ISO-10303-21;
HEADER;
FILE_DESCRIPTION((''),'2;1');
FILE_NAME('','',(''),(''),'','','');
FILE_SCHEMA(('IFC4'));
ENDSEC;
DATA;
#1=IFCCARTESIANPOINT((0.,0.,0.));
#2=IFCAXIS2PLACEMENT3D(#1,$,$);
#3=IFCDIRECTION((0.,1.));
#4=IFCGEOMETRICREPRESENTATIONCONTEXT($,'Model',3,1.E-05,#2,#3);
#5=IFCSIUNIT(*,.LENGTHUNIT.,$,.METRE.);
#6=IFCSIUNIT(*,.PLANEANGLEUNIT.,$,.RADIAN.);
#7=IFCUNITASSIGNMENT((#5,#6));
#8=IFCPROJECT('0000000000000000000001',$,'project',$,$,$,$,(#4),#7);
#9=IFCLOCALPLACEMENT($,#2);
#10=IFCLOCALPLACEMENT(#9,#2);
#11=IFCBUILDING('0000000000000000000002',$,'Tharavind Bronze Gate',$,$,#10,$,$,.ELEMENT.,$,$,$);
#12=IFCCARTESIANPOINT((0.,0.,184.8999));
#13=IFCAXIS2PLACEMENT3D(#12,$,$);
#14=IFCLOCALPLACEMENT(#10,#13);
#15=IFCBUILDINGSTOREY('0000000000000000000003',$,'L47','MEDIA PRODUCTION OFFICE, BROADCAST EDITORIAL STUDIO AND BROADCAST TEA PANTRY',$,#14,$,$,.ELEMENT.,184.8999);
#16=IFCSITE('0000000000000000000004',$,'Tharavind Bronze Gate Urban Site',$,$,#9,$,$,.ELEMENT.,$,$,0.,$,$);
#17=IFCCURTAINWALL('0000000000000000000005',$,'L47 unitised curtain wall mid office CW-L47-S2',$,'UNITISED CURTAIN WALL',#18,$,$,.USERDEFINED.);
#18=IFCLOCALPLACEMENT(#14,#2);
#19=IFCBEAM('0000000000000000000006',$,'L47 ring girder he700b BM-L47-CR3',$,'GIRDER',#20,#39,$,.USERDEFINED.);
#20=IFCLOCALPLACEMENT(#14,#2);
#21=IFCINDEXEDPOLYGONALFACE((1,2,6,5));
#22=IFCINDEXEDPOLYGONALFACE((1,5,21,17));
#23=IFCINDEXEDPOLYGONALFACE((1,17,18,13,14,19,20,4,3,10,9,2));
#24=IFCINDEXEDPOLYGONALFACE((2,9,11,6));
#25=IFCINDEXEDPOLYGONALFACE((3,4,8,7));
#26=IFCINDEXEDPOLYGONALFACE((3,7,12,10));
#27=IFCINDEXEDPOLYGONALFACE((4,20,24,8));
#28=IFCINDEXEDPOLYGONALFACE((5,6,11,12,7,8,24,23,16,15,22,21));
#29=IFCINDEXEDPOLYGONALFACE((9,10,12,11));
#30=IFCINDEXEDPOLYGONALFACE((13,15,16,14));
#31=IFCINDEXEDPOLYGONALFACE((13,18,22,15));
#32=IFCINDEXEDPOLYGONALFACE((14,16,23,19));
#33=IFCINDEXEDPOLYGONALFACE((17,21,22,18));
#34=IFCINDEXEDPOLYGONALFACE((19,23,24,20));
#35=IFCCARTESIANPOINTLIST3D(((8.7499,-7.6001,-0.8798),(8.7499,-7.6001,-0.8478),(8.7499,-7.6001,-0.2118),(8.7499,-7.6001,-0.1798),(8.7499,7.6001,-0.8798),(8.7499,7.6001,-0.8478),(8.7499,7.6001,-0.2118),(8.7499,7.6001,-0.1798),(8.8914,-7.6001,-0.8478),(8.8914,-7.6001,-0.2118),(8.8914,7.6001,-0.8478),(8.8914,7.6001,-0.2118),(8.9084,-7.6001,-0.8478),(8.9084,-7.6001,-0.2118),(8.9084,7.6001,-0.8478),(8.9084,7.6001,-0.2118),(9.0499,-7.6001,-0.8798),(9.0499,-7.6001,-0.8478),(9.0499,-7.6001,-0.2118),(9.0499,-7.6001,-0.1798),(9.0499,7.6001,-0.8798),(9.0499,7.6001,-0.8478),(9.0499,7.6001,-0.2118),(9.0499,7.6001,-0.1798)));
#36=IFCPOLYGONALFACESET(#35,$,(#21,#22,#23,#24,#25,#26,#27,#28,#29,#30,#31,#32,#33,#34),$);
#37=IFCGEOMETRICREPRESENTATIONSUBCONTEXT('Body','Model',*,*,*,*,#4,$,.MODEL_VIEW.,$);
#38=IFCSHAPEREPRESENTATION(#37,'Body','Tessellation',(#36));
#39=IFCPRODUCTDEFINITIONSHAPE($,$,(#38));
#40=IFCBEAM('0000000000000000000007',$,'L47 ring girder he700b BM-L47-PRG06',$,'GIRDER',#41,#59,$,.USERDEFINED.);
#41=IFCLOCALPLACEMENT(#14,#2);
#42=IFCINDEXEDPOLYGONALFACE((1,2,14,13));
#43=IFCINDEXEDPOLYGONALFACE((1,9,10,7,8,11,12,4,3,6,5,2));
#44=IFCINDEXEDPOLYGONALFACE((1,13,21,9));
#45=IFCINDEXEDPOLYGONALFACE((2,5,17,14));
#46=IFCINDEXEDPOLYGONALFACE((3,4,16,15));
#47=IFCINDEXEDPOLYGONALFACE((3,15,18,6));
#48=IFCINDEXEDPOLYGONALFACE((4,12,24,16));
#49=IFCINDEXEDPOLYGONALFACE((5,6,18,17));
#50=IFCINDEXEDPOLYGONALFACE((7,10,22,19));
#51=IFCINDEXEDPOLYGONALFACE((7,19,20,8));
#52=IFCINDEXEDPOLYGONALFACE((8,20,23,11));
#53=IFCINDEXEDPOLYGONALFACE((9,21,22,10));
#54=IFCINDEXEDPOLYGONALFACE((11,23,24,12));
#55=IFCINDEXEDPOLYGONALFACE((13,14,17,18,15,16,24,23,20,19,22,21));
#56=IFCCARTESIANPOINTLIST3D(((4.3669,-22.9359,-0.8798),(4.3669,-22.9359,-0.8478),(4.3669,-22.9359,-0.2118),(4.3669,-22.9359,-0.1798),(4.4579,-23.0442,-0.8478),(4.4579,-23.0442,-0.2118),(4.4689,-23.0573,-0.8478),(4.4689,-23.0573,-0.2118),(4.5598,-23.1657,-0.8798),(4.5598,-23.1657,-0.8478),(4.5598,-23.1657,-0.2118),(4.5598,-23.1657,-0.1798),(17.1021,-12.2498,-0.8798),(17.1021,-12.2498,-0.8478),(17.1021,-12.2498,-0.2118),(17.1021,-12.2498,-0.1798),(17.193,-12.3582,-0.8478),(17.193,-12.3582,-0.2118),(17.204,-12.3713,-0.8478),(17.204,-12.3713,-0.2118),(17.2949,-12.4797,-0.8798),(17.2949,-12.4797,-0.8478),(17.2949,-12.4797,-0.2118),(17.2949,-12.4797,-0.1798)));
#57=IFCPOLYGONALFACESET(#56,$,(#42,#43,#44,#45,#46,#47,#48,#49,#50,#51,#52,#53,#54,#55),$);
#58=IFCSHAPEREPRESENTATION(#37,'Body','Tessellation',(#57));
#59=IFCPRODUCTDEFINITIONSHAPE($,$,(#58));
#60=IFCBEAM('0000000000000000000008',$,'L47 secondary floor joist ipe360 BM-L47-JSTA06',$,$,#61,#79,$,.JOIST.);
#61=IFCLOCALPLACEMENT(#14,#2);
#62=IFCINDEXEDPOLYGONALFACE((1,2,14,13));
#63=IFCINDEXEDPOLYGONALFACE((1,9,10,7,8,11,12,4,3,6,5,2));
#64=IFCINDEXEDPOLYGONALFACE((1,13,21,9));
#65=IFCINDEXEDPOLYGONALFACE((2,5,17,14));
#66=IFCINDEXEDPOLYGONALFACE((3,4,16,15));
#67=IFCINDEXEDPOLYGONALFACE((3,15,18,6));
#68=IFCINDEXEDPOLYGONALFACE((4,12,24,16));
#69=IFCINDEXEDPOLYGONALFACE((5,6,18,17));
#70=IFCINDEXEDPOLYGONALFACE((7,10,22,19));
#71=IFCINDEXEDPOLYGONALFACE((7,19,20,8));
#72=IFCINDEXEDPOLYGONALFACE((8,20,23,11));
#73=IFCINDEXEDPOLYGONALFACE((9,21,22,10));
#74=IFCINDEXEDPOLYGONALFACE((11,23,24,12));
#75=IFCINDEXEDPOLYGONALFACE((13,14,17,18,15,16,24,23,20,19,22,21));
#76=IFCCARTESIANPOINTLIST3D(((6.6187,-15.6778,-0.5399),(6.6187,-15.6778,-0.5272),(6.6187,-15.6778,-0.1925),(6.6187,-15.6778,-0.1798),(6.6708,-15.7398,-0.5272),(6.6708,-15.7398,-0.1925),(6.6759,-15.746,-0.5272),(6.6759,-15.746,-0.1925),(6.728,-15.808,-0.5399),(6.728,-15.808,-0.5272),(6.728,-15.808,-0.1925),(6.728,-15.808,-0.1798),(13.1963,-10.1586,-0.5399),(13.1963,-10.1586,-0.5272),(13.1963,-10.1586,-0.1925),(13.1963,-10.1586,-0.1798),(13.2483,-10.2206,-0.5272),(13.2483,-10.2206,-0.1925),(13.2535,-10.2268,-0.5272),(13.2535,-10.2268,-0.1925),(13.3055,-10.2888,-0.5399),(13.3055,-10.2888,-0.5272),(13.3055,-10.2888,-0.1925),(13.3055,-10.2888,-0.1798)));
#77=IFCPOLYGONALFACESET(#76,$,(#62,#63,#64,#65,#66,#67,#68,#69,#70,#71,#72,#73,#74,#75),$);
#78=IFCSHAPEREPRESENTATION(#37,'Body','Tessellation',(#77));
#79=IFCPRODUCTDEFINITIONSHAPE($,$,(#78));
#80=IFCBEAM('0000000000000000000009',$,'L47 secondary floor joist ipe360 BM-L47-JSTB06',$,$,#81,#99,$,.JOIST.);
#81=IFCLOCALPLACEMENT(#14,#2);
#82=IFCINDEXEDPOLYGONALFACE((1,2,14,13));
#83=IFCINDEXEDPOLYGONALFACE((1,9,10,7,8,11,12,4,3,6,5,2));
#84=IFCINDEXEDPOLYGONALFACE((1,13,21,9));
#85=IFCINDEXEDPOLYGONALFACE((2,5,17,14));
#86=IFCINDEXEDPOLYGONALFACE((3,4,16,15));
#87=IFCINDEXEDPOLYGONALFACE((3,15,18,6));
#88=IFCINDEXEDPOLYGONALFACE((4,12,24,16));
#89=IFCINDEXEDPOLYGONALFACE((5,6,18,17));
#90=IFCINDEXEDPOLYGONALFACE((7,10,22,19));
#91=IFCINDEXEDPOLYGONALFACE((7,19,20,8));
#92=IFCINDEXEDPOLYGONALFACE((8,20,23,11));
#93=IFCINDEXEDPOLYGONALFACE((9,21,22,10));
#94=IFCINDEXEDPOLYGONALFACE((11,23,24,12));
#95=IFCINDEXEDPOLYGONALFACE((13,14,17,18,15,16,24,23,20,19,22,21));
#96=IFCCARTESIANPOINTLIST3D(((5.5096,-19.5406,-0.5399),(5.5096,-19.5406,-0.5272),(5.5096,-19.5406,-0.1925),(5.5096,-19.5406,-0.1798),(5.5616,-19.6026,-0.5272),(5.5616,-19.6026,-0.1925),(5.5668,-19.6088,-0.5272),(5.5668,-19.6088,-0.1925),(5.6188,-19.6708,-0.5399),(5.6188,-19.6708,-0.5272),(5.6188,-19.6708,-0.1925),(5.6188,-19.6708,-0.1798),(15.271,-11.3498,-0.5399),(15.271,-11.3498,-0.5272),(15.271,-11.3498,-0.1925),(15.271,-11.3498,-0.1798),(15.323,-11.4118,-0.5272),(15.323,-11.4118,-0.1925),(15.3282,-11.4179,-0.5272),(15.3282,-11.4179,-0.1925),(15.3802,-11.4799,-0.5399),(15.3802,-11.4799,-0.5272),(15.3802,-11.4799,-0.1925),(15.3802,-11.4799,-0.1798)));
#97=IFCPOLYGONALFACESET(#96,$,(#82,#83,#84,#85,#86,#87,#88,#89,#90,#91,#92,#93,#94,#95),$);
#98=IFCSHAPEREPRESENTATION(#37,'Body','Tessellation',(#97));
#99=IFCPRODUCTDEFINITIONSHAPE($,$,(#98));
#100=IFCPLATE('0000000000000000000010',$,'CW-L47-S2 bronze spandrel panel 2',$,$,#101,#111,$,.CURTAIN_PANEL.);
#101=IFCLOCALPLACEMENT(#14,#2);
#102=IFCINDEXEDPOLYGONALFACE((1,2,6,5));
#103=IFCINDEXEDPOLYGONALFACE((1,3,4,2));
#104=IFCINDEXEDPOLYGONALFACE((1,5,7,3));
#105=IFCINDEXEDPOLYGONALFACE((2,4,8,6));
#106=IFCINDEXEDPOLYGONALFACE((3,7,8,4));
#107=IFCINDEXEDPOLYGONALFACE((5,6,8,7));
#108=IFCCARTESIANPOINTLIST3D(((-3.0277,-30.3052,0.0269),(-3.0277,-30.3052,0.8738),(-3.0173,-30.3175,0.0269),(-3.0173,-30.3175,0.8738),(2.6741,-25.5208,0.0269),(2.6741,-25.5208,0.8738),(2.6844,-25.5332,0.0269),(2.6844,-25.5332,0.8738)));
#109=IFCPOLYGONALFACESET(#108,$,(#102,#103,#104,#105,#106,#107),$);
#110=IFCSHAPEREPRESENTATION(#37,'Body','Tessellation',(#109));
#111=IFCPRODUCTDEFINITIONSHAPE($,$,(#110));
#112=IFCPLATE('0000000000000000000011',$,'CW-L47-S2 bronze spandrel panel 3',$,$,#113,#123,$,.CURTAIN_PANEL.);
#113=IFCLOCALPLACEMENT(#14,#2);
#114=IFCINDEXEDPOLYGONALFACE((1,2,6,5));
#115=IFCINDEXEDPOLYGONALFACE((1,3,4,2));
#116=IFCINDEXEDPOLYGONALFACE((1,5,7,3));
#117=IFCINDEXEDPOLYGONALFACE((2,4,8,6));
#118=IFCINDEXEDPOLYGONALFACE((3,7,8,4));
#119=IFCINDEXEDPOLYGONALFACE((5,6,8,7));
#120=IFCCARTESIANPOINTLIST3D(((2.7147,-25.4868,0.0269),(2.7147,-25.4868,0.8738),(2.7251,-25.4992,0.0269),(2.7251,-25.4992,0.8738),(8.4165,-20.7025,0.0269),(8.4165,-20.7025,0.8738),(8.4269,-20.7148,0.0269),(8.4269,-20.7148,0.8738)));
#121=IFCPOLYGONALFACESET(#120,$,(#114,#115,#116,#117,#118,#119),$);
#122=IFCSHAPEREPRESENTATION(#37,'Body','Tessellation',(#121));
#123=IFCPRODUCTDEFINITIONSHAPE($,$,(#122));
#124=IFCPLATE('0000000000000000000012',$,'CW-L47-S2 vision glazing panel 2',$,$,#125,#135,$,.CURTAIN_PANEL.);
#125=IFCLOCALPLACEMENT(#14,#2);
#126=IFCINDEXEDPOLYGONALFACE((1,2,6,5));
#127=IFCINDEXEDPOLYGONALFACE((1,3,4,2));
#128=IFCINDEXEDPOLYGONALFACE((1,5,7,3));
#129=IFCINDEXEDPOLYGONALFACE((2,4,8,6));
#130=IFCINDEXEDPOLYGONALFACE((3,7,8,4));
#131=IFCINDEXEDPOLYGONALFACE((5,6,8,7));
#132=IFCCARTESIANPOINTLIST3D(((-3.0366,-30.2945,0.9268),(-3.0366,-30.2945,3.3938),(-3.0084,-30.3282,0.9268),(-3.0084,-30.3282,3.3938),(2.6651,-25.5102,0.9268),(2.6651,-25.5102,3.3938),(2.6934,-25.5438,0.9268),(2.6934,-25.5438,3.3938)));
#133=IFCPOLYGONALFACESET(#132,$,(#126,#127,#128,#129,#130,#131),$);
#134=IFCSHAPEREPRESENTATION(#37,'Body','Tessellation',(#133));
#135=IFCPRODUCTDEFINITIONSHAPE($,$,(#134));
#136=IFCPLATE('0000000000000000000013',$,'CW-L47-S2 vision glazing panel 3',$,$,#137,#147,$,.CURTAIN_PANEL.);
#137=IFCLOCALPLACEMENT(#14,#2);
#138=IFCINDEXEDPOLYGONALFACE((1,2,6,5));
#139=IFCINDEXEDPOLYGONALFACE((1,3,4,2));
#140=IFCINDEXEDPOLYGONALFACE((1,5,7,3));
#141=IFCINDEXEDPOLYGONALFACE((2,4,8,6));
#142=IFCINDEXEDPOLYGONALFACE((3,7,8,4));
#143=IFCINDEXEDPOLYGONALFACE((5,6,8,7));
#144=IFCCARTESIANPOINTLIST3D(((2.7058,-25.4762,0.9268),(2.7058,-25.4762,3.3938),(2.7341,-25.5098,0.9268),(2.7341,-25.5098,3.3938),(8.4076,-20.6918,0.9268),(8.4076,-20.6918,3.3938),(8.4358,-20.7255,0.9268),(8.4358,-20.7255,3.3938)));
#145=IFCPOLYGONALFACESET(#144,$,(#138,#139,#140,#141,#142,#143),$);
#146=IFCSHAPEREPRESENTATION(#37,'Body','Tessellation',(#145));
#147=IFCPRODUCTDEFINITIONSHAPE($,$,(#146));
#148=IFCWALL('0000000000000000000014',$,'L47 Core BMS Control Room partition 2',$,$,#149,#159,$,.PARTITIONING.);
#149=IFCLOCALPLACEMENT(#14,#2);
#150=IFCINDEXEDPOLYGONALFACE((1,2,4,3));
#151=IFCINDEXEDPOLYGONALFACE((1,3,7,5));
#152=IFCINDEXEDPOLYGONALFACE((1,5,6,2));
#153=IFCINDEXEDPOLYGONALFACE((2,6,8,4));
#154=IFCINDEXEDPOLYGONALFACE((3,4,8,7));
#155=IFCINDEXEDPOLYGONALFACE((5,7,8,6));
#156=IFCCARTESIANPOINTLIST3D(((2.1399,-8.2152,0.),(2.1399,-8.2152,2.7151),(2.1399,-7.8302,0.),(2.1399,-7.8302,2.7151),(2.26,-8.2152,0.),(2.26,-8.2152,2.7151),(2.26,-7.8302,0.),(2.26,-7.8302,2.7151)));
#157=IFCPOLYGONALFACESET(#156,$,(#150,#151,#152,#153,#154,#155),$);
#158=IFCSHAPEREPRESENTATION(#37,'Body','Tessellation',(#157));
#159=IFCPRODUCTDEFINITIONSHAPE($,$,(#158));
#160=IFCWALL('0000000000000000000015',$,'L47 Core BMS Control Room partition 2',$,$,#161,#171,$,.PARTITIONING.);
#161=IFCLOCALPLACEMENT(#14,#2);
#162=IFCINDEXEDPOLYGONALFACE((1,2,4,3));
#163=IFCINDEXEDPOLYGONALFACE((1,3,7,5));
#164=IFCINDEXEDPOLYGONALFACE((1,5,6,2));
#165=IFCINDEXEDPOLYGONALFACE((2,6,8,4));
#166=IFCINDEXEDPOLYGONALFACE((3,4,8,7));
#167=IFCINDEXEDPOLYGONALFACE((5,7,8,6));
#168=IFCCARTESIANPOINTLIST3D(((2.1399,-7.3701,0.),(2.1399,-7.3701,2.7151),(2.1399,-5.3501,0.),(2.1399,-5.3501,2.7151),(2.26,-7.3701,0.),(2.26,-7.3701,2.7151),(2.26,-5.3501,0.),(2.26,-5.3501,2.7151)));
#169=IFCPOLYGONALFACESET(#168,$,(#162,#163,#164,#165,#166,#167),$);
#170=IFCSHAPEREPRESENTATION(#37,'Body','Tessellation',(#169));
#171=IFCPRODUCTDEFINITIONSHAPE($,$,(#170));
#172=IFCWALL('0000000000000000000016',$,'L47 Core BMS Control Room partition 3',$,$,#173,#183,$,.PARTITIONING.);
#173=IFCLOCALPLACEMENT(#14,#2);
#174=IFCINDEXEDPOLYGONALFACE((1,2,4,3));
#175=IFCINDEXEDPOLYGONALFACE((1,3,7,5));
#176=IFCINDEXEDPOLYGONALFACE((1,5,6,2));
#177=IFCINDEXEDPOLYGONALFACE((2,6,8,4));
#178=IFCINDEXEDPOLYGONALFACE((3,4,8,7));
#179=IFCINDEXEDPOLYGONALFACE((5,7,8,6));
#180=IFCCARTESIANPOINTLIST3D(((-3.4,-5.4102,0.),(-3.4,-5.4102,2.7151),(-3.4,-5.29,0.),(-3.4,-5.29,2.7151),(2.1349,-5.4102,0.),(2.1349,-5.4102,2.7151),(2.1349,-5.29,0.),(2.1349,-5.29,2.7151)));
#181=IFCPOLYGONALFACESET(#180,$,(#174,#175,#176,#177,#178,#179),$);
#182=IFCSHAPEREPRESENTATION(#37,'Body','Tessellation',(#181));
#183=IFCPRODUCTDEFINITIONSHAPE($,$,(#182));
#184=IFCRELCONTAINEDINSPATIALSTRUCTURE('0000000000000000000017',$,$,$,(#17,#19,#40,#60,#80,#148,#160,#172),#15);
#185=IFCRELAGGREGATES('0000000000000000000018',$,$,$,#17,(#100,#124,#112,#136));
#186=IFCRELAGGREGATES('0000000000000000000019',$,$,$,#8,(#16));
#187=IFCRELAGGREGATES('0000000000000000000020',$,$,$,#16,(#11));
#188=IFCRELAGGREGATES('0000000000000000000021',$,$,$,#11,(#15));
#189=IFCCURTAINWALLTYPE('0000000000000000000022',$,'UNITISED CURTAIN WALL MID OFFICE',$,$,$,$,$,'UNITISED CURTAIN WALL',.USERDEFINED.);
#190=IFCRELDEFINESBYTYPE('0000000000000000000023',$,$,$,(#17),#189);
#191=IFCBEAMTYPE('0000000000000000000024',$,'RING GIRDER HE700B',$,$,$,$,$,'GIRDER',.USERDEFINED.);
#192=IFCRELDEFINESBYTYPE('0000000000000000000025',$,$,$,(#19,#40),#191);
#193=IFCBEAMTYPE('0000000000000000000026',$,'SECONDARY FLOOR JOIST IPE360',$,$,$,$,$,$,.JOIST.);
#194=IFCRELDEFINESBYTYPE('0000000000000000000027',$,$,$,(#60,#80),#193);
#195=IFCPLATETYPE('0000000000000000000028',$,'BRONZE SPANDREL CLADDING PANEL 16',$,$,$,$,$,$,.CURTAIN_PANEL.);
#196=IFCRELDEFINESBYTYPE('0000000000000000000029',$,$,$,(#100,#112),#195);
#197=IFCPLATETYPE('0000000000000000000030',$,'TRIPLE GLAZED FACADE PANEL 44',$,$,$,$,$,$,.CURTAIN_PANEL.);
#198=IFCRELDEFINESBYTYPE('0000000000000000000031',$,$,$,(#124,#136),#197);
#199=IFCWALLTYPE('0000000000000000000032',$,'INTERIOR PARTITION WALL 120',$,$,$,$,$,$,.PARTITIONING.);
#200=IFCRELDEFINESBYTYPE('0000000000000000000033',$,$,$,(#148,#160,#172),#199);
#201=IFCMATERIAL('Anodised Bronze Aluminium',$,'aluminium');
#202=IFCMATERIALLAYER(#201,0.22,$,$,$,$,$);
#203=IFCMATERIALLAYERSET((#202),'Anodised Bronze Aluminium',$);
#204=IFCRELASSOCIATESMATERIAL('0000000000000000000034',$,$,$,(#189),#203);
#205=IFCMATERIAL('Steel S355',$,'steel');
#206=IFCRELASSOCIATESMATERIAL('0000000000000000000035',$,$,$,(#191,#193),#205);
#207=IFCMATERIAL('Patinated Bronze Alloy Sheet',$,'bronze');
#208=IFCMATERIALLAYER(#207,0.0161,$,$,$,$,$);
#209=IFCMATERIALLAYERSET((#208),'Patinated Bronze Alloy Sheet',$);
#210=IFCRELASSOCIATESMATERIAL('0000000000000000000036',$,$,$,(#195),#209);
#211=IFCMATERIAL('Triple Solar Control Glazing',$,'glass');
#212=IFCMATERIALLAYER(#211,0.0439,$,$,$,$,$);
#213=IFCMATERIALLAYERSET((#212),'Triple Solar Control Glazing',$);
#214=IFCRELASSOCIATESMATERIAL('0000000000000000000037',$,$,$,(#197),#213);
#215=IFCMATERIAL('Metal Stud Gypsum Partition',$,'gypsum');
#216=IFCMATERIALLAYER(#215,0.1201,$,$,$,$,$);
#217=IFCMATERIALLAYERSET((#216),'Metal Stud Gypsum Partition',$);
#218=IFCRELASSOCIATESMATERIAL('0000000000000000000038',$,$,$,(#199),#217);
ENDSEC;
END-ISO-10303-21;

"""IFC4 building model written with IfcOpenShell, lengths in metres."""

from ifc_helpers import new_model, si_unit, direction, frame, frame_2d, origin, origin_2d, place, context, subcontext, project, spatial, rectangle, i_section, extrude, material, layer, layer_set, material_profile, profile_set, type_object, element, aggregate, save


model = new_model("IFC4")

# Units and contexts
model_context = context("Model", 3, precision=1e-05, world=origin(), true_north=direction((0.0, 1.0)))
body_context = subcontext(model_context, "Body", "Model", "MODEL_VIEW")
ifc_project = project(units=[si_unit("LENGTHUNIT", "METRE"), si_unit("PLANEANGLEUNIT", "RADIAN")], contexts=[model_context])

# Site, building, storey
site_placement = place(None, origin())
site = spatial("IfcSite", under=ifc_project, at=site_placement, Name="Tharavind Bronze Gate Urban Site", CompositionType="ELEMENT", RefElevation=0.0)
building_placement = place(site_placement, origin())
building = spatial("IfcBuilding", under=site, at=building_placement, Name="Tharavind Bronze Gate", CompositionType="ELEMENT")
storey_placement = place(building_placement, frame((0.0, 0.0, 184.8999)))
storey = spatial("IfcBuildingStorey", under=building, at=storey_placement, Name="L47", Description="MEDIA PRODUCTION OFFICE, BROADCAST EDITORIAL STUDIO AND BROADCAST TEA PANTRY", CompositionType="ELEMENT", Elevation=184.8999)

# Curtain wall
ifc_material_1 = material(Name="Anodised Bronze Aluminium", Category="aluminium")
ifc_layer_1 = layer(ifc_material_1, 0.22)
ifc_layer_set_1 = layer_set([ifc_layer_1], Name="Anodised Bronze Aluminium")
curtain_wall_type = type_object("IfcCurtainWallType", Name="UNITISED CURTAIN WALL MID OFFICE", ElementType="UNITISED CURTAIN WALL", PredefinedType="USERDEFINED", material=ifc_layer_set_1)
curtain_wall_placement = place(storey_placement, origin())
curtain_wall = element("IfcCurtainWall", 1, at=curtain_wall_placement, inside=storey, type_object=curtain_wall_type, Name="L47 unitised curtain wall mid office CW-L47-S2", ObjectType="UNITISED CURTAIN WALL", PredefinedType="USERDEFINED")

# Beams
ifc_material_2 = material(Name="Steel S355", Category="steel")
ifc_material_profile_1 = material_profile(ifc_material_2, i_section(OverallWidth=0.3, OverallDepth=0.7, WebThickness=0.0171, FlangeThickness=0.032, at=origin_2d()), Name="HE700B")
ifc_profile_set_1 = profile_set([ifc_material_profile_1], Name="Steel S355")
beam_type_1 = type_object("IfcBeamType", Name="RING GIRDER HE700B", ElementType="GIRDER", PredefinedType="USERDEFINED", material=ifc_profile_set_1)
beam_1_placement = place(storey_placement, frame((8.8999, -7.6001, -0.5298), z_axis=(0.0, 1.0, 0.0), x_axis=(-1.0, 0.0, 0.0)))
element("IfcBeam", 2, at=beam_1_placement, inside=storey, type_object=beam_type_1, Name="L47 ring girder he700b BM-L47-CR3", ObjectType="GIRDER", PredefinedType="USERDEFINED", context=body_context, shape_type="SweptSolid", body=[
    extrude(i_section(OverallWidth=0.3, OverallDepth=0.7, WebThickness=0.0171, FlangeThickness=0.032, at=origin_2d()), origin(), (0.0, 0.0, 1.0), 15.2002),
])
beam_2_placement = place(storey_placement, frame((4.4634, -23.0508, -0.5298), z_axis=(0.766044, 0.642788, 0.0), x_axis=(-0.642788, 0.766044, 0.0)))
element("IfcBeam", 3, at=beam_2_placement, inside=storey, type_object=beam_type_1, Name="L47 ring girder he700b BM-L47-PRG06", ObjectType="GIRDER", PredefinedType="USERDEFINED", context=body_context, shape_type="SweptSolid", body=[
    extrude(i_section(OverallWidth=0.3, OverallDepth=0.7, WebThickness=0.0171, FlangeThickness=0.032, at=origin_2d()), origin(), (0.0, 0.0, 1.0), 16.6245),
])
ifc_material_profile_2 = material_profile(ifc_material_2, i_section(OverallWidth=0.1699, OverallDepth=0.3601, WebThickness=0.0081, FlangeThickness=0.0127, at=origin_2d()), Name="IPE360")
ifc_profile_set_2 = profile_set([ifc_material_profile_2], Name="Steel S355")
beam_type_2 = type_object("IfcBeamType", Name="SECONDARY FLOOR JOIST IPE360", PredefinedType="JOIST", material=ifc_profile_set_2)
beam_3_placement = place(storey_placement, frame((6.6733, -15.7429, -0.3599), z_axis=(0.766045, 0.642787, 0.0), x_axis=(-0.642787, 0.766045, 0.0)))
element("IfcBeam", 4, at=beam_3_placement, inside=storey, type_object=beam_type_2, Name="L47 secondary floor joist ipe360 BM-L47-JSTA06", PredefinedType="JOIST", context=body_context, shape_type="SweptSolid", body=[
    extrude(i_section(OverallWidth=0.1699, OverallDepth=0.3601, WebThickness=0.0081, FlangeThickness=0.0127, at=origin_2d()), origin(), (0.0, 0.0, 1.0), 8.5864),
])
beam_4_placement = place(storey_placement, frame((5.5642, -19.6057, -0.3599), z_axis=(0.766042, 0.642791, 0.0), x_axis=(-0.642791, 0.766042, 0.0)))
element("IfcBeam", 5, at=beam_4_placement, inside=storey, type_object=beam_type_2, Name="L47 secondary floor joist ipe360 BM-L47-JSTB06", PredefinedType="JOIST", context=body_context, shape_type="SweptSolid", body=[
    extrude(i_section(OverallWidth=0.1699, OverallDepth=0.3601, WebThickness=0.0081, FlangeThickness=0.0127, at=origin_2d()), origin(), (0.0, 0.0, 1.0), 12.7427),
])

# Plates
ifc_material_3 = material(Name="Patinated Bronze Alloy Sheet", Category="bronze")
ifc_layer_2 = layer(ifc_material_3, 0.0161)
ifc_layer_set_2 = layer_set([ifc_layer_2], Name="Patinated Bronze Alloy Sheet")
plate_type_1 = type_object("IfcPlateType", Name="BRONZE SPANDREL CLADDING PANEL 16", PredefinedType="CURTAIN_PANEL", material=ifc_layer_set_2)
plate_1_placement = place(storey_placement, frame((-0.1716, -27.9192, 0.0269), z_axis=(0.0, 0.0, 1.0), x_axis=(0.766043, 0.642789, 0.0)))
plate_1 = element("IfcPlate", 6, at=plate_1_placement, type_object=plate_type_1, Name="CW-L47-S2 bronze spandrel panel 2", PredefinedType="CURTAIN_PANEL", context=body_context, shape_type="SweptSolid", body=[
    extrude(rectangle(XDim=7.4431, YDim=0.0161, at=origin_2d()), origin(), (0.0, 0.0, 1.0), 0.8469),
])
plate_2_placement = place(storey_placement, frame((5.5708, -23.1008, 0.0269), z_axis=(0.0, 0.0, 1.0), x_axis=(0.766043, 0.642789, 0.0)))
plate_2 = element("IfcPlate", 7, at=plate_2_placement, type_object=plate_type_1, Name="CW-L47-S2 bronze spandrel panel 3", PredefinedType="CURTAIN_PANEL", context=body_context, shape_type="SweptSolid", body=[
    extrude(rectangle(XDim=7.4431, YDim=0.0161, at=origin_2d()), origin(), (0.0, 0.0, 1.0), 0.8469),
])
ifc_material_4 = material(Name="Triple Solar Control Glazing", Category="glass")
ifc_layer_3 = layer(ifc_material_4, 0.0439)
ifc_layer_set_3 = layer_set([ifc_layer_3], Name="Triple Solar Control Glazing")
plate_type_2 = type_object("IfcPlateType", Name="TRIPLE GLAZED FACADE PANEL 44", PredefinedType="CURTAIN_PANEL", material=ifc_layer_set_3)
plate_3_placement = place(storey_placement, frame((-0.1716, -27.9192, 0.9268), z_axis=(0.0, 0.0, 1.0), x_axis=(0.766043, 0.642789, 0.0)))
plate_3 = element("IfcPlate", 8, at=plate_3_placement, type_object=plate_type_2, Name="CW-L47-S2 vision glazing panel 2", PredefinedType="CURTAIN_PANEL", context=body_context, shape_type="SweptSolid", body=[
    extrude(rectangle(XDim=7.4431, YDim=0.0439, at=origin_2d()), origin(), (0.0, 0.0, 1.0), 2.467),
])
plate_4_placement = place(storey_placement, frame((5.5708, -23.1008, 0.9268), z_axis=(0.0, 0.0, 1.0), x_axis=(0.766043, 0.642789, 0.0)))
plate_4 = element("IfcPlate", 9, at=plate_4_placement, type_object=plate_type_2, Name="CW-L47-S2 vision glazing panel 3", PredefinedType="CURTAIN_PANEL", context=body_context, shape_type="SweptSolid", body=[
    extrude(rectangle(XDim=7.4431, YDim=0.0439, at=origin_2d()), origin(), (0.0, 0.0, 1.0), 2.467),
])
aggregate(curtain_wall, [plate_1, plate_3, plate_2, plate_4])

# Walls
ifc_material_5 = material(Name="Metal Stud Gypsum Partition", Category="gypsum")
ifc_layer_4 = layer(ifc_material_5, 0.1201)
ifc_layer_set_4 = layer_set([ifc_layer_4], Name="Metal Stud Gypsum Partition")
wall_type_1 = type_object("IfcWallType", Name="INTERIOR PARTITION WALL 120", PredefinedType="PARTITIONING", material=ifc_layer_set_4)
wall_1_placement = place(storey_placement, frame((2.2, -8.2151, 0.0), z_axis=(0.0, 0.0, 1.0), x_axis=(0.0, 1.0, 0.0)))
element("IfcWall", 10, at=wall_1_placement, inside=storey, type_object=wall_type_1, Name="L47 Core BMS Control Room partition 2", PredefinedType="PARTITIONING", context=body_context, shape_type="SweptSolid", body=[
    extrude(rectangle(XDim=0.385, YDim=0.1201, at=frame_2d((0.1924, 0.0))), origin(), (0.0, 0.0, 1.0), 2.7151),
])
wall_2_placement = place(storey_placement, frame((2.2, -7.3701, 0.0), z_axis=(0.0, 0.0, 1.0), x_axis=(0.0, 1.0, 0.0)))
element("IfcWall", 11, at=wall_2_placement, inside=storey, type_object=wall_type_1, Name="L47 Core BMS Control Room partition 2", PredefinedType="PARTITIONING", context=body_context, shape_type="SweptSolid", body=[
    extrude(rectangle(XDim=2.02, YDim=0.1201, at=frame_2d((1.01, 0.0))), origin(), (0.0, 0.0, 1.0), 2.7151),
])
wall_3_placement = place(storey_placement, frame((2.135, -5.3501, 0.0), z_axis=(0.0, 0.0, 1.0), x_axis=(-1.0, 0.0, 0.0)))
element("IfcWall", 12, at=wall_3_placement, inside=storey, type_object=wall_type_1, Name="L47 Core BMS Control Room partition 3", PredefinedType="PARTITIONING", context=body_context, shape_type="SweptSolid", body=[
    extrude(rectangle(XDim=5.5349, YDim=0.1201, at=frame_2d((2.7676, 0.0))), origin(), (0.0, 0.0, 1.0), 2.7151),
])

save(model, "model.ifc")
